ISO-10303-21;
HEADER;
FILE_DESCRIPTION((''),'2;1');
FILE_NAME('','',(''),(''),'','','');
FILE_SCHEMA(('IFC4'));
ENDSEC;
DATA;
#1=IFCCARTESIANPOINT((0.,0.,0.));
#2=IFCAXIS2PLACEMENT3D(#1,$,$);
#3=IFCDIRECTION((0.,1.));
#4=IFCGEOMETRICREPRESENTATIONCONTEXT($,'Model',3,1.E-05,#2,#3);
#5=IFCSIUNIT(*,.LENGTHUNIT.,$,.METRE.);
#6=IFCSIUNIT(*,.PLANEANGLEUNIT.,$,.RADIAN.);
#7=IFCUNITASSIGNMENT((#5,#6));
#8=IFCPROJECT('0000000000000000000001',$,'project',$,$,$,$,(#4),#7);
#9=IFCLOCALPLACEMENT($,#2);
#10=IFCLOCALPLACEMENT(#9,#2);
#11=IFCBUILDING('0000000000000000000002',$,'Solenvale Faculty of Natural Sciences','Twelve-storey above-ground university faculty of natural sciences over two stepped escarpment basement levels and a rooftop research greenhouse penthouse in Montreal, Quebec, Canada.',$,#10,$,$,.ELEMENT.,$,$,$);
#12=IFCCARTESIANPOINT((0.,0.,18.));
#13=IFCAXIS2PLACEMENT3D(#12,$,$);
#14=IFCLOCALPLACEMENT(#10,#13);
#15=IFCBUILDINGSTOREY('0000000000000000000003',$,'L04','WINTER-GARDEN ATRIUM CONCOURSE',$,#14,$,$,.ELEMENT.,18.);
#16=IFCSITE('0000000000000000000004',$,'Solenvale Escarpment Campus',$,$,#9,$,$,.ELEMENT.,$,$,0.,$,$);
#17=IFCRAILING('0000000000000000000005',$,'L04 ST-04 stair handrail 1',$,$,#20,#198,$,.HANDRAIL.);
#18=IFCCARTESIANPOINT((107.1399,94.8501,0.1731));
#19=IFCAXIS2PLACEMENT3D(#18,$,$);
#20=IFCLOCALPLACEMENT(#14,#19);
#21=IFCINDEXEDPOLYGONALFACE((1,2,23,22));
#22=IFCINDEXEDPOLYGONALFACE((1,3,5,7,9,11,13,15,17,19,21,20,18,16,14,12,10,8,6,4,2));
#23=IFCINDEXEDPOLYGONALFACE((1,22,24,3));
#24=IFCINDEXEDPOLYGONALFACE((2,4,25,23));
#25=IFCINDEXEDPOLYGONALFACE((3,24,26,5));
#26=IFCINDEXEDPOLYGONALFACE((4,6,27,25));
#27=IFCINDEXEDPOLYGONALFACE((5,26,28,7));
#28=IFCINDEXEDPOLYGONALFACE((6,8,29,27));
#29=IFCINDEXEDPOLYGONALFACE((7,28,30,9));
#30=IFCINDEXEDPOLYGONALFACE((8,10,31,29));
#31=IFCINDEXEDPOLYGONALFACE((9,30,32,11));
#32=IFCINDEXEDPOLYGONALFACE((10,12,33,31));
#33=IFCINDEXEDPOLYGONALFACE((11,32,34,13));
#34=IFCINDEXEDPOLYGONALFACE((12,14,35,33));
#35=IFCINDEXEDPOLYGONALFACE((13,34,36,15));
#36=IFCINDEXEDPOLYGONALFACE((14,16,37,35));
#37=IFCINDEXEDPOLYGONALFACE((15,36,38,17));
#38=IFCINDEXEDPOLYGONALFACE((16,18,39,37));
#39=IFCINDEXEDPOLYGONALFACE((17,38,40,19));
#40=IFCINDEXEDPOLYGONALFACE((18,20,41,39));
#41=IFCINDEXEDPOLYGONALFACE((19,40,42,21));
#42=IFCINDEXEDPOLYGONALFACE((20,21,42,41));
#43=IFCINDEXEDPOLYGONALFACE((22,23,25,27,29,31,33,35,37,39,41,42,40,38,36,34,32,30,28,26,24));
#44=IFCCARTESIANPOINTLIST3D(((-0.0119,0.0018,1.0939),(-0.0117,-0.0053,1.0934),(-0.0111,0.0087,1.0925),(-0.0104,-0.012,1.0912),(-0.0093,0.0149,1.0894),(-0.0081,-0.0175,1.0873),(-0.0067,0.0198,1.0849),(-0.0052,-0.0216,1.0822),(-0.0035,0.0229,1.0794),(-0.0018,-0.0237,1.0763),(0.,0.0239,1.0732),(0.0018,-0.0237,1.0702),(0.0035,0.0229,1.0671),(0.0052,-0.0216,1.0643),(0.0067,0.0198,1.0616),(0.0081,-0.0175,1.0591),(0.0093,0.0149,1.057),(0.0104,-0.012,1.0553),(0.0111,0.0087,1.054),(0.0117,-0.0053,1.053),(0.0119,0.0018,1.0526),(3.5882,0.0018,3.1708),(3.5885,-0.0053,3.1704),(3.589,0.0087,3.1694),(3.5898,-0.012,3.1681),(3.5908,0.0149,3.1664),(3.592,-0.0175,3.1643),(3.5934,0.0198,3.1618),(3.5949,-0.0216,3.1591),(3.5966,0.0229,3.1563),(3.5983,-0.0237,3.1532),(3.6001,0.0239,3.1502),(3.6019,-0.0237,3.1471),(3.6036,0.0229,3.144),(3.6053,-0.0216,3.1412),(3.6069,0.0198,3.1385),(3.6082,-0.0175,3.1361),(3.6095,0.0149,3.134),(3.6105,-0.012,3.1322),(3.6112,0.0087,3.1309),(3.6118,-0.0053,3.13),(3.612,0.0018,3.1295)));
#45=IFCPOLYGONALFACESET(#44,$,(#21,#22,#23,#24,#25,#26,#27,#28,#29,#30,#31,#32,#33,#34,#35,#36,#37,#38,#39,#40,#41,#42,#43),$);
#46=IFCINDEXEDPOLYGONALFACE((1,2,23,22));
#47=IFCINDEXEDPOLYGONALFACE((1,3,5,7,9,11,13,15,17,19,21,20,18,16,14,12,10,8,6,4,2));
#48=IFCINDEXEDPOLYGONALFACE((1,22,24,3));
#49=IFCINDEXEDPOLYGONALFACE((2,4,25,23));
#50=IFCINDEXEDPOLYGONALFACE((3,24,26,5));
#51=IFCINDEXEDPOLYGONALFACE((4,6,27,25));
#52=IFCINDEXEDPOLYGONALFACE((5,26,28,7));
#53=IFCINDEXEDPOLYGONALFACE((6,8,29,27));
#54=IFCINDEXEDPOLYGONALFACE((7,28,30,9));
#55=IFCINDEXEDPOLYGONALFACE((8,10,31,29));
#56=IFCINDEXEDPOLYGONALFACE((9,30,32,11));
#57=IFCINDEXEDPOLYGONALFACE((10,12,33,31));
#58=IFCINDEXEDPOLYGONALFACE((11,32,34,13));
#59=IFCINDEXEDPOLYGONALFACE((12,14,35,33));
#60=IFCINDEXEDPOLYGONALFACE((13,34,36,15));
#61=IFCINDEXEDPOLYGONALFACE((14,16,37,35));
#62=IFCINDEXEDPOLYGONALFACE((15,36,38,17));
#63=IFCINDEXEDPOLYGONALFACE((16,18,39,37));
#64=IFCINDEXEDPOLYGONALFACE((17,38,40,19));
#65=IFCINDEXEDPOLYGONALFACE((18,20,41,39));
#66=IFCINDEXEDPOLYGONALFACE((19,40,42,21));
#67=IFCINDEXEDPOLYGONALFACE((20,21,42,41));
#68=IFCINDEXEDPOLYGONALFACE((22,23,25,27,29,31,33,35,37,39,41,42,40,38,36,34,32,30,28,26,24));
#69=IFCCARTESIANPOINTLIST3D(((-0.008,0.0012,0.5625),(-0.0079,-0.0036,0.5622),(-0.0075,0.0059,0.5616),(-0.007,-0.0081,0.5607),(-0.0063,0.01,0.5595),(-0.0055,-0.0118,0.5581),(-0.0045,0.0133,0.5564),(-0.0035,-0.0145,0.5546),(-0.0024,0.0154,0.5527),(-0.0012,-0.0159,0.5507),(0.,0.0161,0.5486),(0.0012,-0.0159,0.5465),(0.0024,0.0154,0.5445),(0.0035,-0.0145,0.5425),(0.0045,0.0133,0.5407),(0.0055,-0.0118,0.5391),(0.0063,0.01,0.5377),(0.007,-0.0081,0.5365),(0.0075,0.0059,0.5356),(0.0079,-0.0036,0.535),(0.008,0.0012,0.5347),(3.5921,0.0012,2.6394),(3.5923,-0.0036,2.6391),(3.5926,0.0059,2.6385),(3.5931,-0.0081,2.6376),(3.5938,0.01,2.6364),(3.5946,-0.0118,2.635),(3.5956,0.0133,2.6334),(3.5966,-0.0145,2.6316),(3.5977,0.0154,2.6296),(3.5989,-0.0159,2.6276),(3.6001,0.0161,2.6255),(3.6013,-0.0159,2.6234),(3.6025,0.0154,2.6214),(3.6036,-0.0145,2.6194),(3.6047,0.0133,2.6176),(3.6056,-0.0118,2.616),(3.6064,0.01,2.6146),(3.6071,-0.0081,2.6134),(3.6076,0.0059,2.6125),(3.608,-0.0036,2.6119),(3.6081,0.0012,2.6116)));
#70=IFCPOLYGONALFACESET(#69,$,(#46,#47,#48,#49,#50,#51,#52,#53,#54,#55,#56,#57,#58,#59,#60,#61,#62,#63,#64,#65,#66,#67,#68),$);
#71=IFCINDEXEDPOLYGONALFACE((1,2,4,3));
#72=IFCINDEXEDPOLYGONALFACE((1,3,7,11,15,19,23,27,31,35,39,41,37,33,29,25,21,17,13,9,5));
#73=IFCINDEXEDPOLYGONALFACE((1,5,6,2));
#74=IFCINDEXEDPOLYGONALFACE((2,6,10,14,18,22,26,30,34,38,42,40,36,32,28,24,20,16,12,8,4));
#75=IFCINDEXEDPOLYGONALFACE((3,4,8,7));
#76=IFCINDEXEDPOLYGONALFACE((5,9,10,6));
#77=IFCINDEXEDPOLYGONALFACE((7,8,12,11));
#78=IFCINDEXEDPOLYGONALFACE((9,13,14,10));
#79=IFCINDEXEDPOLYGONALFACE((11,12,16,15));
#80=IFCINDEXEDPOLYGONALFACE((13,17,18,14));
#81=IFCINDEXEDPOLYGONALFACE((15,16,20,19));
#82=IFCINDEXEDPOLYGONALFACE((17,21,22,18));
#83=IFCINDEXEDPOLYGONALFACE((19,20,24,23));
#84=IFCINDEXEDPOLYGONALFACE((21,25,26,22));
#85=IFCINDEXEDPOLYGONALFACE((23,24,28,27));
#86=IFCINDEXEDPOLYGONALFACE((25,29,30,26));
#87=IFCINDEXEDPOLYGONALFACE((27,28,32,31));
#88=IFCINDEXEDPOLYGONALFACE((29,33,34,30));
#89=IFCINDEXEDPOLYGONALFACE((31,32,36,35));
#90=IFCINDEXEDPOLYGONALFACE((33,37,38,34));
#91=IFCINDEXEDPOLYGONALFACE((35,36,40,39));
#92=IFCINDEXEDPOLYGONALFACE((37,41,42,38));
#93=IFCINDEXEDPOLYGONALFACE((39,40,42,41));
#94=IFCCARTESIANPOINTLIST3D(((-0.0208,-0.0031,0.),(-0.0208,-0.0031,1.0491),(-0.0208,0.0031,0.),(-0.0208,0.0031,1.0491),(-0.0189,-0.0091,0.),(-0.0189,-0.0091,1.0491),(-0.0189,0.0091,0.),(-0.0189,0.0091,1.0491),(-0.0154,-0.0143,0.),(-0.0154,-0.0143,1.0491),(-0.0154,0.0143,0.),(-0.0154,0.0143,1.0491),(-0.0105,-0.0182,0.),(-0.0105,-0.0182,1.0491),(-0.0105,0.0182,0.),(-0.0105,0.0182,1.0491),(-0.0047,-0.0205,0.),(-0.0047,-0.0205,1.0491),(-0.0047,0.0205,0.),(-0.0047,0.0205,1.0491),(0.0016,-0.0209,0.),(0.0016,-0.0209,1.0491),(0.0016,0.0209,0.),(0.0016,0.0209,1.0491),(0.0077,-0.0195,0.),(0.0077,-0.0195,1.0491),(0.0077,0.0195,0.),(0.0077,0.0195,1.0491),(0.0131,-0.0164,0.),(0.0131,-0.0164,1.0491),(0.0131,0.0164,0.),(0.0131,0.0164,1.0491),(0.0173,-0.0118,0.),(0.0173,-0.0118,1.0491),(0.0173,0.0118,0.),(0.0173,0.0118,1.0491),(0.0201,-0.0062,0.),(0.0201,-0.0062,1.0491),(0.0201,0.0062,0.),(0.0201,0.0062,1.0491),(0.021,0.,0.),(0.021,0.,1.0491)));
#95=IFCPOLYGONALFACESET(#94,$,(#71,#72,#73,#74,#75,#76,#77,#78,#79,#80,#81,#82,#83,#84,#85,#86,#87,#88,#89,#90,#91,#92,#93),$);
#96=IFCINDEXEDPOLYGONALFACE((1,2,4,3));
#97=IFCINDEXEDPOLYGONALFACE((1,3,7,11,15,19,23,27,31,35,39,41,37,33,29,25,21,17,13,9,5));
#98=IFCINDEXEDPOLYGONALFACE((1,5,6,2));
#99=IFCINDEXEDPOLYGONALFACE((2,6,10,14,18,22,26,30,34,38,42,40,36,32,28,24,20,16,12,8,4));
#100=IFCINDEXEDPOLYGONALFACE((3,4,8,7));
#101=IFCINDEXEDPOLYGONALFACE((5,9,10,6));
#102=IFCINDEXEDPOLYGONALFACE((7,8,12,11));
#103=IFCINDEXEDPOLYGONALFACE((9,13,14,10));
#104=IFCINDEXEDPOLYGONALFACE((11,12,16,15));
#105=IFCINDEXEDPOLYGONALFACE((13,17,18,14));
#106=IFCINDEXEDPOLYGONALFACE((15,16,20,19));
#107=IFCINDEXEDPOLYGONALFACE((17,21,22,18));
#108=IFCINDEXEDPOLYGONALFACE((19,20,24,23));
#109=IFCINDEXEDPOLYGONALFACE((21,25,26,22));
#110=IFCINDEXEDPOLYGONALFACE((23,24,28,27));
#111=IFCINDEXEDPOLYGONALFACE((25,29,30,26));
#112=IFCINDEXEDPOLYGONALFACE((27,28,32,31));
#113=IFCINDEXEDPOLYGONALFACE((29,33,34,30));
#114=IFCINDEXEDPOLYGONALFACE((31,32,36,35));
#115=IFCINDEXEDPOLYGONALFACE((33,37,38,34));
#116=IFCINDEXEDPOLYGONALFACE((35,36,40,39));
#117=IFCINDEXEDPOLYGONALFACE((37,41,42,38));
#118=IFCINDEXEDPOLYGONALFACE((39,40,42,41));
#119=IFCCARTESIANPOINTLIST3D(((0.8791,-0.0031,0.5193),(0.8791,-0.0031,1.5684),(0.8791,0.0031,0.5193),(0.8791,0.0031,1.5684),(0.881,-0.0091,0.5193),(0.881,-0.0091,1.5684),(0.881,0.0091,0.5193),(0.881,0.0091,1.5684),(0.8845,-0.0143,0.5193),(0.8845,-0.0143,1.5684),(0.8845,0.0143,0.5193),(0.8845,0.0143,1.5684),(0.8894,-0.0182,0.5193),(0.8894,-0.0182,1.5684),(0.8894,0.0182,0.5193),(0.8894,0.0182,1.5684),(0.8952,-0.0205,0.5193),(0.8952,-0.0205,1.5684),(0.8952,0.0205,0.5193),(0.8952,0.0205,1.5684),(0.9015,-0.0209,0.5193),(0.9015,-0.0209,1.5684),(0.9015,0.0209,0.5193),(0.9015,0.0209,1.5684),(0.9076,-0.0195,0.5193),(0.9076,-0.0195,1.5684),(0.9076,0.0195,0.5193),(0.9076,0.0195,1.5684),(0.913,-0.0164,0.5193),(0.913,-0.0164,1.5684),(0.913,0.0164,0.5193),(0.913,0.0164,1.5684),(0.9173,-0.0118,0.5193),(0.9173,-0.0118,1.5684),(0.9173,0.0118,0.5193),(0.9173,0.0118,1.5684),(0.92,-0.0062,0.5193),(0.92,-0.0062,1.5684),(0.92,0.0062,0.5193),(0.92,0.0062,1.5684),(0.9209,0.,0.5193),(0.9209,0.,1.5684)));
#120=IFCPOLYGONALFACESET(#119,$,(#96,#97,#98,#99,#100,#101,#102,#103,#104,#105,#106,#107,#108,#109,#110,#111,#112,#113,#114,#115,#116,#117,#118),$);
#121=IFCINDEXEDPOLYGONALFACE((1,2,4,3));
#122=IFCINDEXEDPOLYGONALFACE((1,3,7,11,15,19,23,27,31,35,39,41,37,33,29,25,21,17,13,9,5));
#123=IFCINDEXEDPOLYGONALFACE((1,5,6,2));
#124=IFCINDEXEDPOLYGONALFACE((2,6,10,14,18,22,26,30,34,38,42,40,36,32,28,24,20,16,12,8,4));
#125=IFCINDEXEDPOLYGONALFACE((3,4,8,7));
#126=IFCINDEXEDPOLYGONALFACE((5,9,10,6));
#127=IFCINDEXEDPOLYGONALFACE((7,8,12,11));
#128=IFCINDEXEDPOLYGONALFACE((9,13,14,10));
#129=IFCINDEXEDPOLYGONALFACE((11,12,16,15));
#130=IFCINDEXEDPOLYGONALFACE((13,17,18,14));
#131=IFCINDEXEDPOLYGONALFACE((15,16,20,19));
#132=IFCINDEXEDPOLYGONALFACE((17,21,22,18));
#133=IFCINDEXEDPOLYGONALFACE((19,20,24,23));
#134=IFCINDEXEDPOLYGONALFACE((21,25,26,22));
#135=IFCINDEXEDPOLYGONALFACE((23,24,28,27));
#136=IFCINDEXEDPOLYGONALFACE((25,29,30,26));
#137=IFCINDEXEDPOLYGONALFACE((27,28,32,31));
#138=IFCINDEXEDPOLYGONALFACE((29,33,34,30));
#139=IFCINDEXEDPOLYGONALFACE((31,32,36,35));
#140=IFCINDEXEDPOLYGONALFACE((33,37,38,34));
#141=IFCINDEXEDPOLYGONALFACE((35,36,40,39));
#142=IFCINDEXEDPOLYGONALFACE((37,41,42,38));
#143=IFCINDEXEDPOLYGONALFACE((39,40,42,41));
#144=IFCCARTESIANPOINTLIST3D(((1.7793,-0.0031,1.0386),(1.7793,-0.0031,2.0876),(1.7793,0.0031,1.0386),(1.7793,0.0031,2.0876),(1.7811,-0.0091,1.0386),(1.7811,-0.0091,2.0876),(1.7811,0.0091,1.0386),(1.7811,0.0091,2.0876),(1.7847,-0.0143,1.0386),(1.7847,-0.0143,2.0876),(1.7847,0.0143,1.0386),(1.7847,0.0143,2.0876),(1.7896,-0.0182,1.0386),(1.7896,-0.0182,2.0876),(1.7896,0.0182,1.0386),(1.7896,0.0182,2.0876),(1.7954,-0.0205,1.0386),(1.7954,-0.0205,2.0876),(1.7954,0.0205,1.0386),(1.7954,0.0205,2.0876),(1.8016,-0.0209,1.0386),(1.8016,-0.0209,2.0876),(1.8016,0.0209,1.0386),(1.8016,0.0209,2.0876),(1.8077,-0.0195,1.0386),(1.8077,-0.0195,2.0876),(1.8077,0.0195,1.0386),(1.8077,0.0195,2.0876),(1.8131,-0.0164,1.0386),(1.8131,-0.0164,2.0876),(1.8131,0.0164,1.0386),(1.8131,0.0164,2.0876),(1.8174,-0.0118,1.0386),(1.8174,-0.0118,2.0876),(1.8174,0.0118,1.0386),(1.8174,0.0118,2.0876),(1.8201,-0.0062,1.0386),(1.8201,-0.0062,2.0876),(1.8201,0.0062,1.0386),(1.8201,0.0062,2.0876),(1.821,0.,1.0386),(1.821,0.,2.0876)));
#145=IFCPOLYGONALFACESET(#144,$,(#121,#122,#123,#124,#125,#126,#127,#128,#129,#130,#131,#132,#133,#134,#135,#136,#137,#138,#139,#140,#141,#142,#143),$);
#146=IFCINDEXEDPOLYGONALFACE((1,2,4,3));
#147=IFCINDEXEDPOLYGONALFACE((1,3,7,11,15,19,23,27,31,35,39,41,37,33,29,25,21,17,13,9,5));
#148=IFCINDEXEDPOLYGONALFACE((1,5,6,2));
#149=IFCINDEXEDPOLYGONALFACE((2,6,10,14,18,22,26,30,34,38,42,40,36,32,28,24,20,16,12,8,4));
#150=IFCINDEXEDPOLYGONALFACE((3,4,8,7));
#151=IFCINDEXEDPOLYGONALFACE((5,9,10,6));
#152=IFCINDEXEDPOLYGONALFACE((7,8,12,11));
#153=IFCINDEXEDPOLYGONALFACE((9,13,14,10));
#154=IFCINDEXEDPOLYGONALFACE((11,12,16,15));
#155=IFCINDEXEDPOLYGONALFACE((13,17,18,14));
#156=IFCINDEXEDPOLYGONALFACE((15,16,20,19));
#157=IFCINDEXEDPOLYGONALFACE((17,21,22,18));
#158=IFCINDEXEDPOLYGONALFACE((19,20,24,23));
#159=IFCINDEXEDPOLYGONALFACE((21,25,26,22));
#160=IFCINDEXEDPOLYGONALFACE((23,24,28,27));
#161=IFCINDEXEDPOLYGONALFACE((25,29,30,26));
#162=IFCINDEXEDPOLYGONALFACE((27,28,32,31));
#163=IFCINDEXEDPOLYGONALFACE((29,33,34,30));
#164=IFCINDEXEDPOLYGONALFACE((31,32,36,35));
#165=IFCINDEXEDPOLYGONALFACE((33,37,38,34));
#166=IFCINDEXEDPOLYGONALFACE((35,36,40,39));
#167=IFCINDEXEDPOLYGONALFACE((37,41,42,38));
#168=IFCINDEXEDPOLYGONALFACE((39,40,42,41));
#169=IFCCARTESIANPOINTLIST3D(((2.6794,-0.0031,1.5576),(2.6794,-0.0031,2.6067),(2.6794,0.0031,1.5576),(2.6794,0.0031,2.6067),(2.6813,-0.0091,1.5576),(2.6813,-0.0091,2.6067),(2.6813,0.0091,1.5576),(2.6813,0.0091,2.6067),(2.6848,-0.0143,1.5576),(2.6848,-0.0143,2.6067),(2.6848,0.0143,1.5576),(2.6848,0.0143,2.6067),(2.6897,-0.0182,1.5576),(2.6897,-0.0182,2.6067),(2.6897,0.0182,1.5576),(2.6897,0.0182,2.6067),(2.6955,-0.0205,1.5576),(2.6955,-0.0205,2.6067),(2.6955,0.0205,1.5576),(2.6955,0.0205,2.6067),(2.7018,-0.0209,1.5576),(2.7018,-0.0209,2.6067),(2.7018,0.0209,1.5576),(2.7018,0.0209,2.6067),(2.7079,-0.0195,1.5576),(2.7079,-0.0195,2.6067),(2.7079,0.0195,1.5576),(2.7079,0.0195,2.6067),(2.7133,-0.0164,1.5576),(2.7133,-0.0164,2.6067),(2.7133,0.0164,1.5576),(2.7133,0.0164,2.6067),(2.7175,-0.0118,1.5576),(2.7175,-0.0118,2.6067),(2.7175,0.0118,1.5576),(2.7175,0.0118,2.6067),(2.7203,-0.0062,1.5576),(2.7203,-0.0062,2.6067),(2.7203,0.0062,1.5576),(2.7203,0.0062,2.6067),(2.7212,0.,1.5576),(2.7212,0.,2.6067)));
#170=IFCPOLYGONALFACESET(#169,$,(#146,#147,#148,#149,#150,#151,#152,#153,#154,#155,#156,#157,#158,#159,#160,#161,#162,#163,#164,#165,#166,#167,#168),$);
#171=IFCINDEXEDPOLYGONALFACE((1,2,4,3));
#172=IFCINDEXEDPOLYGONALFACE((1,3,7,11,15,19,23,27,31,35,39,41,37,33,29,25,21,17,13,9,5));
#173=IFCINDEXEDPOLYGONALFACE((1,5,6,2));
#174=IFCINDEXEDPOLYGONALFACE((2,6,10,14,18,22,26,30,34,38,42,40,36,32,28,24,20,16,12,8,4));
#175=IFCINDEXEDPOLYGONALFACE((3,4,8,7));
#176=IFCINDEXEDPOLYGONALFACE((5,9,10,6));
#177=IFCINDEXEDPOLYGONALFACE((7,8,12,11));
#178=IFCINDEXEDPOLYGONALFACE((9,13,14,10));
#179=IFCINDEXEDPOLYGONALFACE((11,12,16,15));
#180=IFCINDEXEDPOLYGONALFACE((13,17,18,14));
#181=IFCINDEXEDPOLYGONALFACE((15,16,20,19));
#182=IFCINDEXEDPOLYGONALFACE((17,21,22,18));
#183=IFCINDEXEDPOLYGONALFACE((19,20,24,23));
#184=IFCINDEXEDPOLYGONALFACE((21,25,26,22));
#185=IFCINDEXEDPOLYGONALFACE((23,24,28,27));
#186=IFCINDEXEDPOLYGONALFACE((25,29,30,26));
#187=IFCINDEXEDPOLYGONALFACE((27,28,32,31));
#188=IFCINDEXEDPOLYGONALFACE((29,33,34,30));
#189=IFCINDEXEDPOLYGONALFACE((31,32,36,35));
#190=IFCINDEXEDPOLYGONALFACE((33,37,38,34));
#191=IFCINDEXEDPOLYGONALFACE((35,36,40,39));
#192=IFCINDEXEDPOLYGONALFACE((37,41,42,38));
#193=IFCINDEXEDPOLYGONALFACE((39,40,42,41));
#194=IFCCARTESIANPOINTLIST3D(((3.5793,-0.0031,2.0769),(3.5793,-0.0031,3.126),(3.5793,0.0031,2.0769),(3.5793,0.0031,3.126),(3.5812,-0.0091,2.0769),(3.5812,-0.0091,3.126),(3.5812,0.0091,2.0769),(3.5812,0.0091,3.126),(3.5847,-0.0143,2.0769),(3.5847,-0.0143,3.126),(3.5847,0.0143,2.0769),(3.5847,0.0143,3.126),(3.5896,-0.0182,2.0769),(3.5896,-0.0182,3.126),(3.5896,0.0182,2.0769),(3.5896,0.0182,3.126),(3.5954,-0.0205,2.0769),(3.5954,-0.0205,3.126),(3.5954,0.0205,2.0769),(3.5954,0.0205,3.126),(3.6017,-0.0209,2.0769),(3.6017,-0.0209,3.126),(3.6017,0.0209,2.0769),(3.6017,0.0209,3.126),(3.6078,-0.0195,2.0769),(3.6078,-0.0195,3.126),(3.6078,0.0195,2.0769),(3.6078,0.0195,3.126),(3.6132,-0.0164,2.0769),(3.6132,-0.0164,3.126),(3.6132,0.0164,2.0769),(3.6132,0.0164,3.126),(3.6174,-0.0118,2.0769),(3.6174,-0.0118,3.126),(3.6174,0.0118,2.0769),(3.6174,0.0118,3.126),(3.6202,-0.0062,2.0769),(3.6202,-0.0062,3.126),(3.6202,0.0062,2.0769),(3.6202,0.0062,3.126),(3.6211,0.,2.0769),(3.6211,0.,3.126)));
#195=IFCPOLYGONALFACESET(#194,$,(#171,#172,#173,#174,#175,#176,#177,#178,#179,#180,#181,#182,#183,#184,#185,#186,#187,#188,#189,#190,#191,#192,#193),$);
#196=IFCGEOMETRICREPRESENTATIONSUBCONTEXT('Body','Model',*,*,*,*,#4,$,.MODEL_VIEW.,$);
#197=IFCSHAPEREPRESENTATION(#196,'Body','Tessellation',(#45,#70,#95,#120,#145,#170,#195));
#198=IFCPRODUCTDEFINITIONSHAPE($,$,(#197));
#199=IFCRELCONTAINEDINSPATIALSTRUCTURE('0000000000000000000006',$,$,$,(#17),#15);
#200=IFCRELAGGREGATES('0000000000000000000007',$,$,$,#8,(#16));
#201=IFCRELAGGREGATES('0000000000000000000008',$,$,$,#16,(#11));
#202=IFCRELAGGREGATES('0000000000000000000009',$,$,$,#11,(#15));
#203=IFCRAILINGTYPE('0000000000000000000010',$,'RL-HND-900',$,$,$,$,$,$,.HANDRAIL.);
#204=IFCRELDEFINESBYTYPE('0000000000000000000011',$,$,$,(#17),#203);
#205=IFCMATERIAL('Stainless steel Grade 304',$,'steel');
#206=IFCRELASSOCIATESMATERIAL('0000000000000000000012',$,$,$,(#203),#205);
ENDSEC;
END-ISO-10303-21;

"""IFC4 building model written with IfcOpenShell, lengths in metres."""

from ifc_helpers import new_model, si_unit, direction, frame, origin, origin_2d, place, context, subcontext, project, spatial, circle, extrude, material, type_object, element, save


model = new_model("IFC4")

# Units and contexts
model_context = context("Model", 3, precision=1e-05, world=origin(), true_north=direction((0.0, 1.0)))
body_context = subcontext(model_context, "Body", "Model", "MODEL_VIEW")
ifc_project = project(units=[si_unit("LENGTHUNIT", "METRE"), si_unit("PLANEANGLEUNIT", "RADIAN")], contexts=[model_context])

# Site, building, storey
site_placement = place(None, origin())
site = spatial("IfcSite", under=ifc_project, at=site_placement, Name="Solenvale Escarpment Campus", CompositionType="ELEMENT", RefElevation=0.0)
building_placement = place(site_placement, origin())
building = spatial("IfcBuilding", under=site, at=building_placement, Name="Solenvale Faculty of Natural Sciences", Description="Twelve-storey above-ground university faculty of natural sciences over two stepped escarpment basement levels and a rooftop research greenhouse penthouse in Montreal, Quebec, Canada.", CompositionType="ELEMENT")
storey_placement = place(building_placement, frame((0.0, 0.0, 18.0)))
storey = spatial("IfcBuildingStorey", under=building, at=storey_placement, Name="L04", Description="WINTER-GARDEN ATRIUM CONCOURSE", CompositionType="ELEMENT", Elevation=18.0)

# Railing
ifc_material_1 = material(Name="Stainless steel Grade 304", Category="steel")
railing_type_1 = type_object("IfcRailingType", Name="RL-HND-900", PredefinedType="HANDRAIL", material=ifc_material_1)
railing_1_placement = place(storey_placement, frame((107.1399, 94.8501, 0.1731)))
element("IfcRailing", 1, at=railing_1_placement, inside=storey, type_object=railing_type_1, Name="L04 ST-04 stair handrail 1", PredefinedType="HANDRAIL", context=body_context, shape_type="SweptSolid", body=[
    extrude(circle(Radius=0.0239, at=origin_2d()), frame((0.0, 0.0, 1.0732), z_axis=(0.866193, 0.0, 0.499709), x_axis=(0.0, 1.0, 0.0)), (0.0, 0.0, 1.0), 4.1562),
    extrude(circle(Radius=0.0161, at=origin_2d()), frame((0.0, 0.0, 0.5486), z_axis=(0.866193, 0.0, 0.499709), x_axis=(0.0, 1.0, 0.0)), (0.0, 0.0, 1.0), 4.1562),
    extrude(circle(Radius=0.021, at=origin_2d()), origin(), (0.0, 0.0, 1.0), 1.0491),
    extrude(circle(Radius=0.021, at=origin_2d()), frame((0.8999, 0.0, 0.5193)), (0.0, 0.0, 1.0), 1.0491),
    extrude(circle(Radius=0.021, at=origin_2d()), frame((1.8, 0.0, 1.0386)), (0.0, 0.0, 1.0), 1.0491),
    extrude(circle(Radius=0.021, at=origin_2d()), frame((2.7002, 0.0, 1.5576)), (0.0, 0.0, 1.0), 1.0491),
    extrude(circle(Radius=0.021, at=origin_2d()), frame((3.6001, 0.0, 2.0769)), (0.0, 0.0, 1.0), 1.0491),
])

save(model, "model.ifc")
